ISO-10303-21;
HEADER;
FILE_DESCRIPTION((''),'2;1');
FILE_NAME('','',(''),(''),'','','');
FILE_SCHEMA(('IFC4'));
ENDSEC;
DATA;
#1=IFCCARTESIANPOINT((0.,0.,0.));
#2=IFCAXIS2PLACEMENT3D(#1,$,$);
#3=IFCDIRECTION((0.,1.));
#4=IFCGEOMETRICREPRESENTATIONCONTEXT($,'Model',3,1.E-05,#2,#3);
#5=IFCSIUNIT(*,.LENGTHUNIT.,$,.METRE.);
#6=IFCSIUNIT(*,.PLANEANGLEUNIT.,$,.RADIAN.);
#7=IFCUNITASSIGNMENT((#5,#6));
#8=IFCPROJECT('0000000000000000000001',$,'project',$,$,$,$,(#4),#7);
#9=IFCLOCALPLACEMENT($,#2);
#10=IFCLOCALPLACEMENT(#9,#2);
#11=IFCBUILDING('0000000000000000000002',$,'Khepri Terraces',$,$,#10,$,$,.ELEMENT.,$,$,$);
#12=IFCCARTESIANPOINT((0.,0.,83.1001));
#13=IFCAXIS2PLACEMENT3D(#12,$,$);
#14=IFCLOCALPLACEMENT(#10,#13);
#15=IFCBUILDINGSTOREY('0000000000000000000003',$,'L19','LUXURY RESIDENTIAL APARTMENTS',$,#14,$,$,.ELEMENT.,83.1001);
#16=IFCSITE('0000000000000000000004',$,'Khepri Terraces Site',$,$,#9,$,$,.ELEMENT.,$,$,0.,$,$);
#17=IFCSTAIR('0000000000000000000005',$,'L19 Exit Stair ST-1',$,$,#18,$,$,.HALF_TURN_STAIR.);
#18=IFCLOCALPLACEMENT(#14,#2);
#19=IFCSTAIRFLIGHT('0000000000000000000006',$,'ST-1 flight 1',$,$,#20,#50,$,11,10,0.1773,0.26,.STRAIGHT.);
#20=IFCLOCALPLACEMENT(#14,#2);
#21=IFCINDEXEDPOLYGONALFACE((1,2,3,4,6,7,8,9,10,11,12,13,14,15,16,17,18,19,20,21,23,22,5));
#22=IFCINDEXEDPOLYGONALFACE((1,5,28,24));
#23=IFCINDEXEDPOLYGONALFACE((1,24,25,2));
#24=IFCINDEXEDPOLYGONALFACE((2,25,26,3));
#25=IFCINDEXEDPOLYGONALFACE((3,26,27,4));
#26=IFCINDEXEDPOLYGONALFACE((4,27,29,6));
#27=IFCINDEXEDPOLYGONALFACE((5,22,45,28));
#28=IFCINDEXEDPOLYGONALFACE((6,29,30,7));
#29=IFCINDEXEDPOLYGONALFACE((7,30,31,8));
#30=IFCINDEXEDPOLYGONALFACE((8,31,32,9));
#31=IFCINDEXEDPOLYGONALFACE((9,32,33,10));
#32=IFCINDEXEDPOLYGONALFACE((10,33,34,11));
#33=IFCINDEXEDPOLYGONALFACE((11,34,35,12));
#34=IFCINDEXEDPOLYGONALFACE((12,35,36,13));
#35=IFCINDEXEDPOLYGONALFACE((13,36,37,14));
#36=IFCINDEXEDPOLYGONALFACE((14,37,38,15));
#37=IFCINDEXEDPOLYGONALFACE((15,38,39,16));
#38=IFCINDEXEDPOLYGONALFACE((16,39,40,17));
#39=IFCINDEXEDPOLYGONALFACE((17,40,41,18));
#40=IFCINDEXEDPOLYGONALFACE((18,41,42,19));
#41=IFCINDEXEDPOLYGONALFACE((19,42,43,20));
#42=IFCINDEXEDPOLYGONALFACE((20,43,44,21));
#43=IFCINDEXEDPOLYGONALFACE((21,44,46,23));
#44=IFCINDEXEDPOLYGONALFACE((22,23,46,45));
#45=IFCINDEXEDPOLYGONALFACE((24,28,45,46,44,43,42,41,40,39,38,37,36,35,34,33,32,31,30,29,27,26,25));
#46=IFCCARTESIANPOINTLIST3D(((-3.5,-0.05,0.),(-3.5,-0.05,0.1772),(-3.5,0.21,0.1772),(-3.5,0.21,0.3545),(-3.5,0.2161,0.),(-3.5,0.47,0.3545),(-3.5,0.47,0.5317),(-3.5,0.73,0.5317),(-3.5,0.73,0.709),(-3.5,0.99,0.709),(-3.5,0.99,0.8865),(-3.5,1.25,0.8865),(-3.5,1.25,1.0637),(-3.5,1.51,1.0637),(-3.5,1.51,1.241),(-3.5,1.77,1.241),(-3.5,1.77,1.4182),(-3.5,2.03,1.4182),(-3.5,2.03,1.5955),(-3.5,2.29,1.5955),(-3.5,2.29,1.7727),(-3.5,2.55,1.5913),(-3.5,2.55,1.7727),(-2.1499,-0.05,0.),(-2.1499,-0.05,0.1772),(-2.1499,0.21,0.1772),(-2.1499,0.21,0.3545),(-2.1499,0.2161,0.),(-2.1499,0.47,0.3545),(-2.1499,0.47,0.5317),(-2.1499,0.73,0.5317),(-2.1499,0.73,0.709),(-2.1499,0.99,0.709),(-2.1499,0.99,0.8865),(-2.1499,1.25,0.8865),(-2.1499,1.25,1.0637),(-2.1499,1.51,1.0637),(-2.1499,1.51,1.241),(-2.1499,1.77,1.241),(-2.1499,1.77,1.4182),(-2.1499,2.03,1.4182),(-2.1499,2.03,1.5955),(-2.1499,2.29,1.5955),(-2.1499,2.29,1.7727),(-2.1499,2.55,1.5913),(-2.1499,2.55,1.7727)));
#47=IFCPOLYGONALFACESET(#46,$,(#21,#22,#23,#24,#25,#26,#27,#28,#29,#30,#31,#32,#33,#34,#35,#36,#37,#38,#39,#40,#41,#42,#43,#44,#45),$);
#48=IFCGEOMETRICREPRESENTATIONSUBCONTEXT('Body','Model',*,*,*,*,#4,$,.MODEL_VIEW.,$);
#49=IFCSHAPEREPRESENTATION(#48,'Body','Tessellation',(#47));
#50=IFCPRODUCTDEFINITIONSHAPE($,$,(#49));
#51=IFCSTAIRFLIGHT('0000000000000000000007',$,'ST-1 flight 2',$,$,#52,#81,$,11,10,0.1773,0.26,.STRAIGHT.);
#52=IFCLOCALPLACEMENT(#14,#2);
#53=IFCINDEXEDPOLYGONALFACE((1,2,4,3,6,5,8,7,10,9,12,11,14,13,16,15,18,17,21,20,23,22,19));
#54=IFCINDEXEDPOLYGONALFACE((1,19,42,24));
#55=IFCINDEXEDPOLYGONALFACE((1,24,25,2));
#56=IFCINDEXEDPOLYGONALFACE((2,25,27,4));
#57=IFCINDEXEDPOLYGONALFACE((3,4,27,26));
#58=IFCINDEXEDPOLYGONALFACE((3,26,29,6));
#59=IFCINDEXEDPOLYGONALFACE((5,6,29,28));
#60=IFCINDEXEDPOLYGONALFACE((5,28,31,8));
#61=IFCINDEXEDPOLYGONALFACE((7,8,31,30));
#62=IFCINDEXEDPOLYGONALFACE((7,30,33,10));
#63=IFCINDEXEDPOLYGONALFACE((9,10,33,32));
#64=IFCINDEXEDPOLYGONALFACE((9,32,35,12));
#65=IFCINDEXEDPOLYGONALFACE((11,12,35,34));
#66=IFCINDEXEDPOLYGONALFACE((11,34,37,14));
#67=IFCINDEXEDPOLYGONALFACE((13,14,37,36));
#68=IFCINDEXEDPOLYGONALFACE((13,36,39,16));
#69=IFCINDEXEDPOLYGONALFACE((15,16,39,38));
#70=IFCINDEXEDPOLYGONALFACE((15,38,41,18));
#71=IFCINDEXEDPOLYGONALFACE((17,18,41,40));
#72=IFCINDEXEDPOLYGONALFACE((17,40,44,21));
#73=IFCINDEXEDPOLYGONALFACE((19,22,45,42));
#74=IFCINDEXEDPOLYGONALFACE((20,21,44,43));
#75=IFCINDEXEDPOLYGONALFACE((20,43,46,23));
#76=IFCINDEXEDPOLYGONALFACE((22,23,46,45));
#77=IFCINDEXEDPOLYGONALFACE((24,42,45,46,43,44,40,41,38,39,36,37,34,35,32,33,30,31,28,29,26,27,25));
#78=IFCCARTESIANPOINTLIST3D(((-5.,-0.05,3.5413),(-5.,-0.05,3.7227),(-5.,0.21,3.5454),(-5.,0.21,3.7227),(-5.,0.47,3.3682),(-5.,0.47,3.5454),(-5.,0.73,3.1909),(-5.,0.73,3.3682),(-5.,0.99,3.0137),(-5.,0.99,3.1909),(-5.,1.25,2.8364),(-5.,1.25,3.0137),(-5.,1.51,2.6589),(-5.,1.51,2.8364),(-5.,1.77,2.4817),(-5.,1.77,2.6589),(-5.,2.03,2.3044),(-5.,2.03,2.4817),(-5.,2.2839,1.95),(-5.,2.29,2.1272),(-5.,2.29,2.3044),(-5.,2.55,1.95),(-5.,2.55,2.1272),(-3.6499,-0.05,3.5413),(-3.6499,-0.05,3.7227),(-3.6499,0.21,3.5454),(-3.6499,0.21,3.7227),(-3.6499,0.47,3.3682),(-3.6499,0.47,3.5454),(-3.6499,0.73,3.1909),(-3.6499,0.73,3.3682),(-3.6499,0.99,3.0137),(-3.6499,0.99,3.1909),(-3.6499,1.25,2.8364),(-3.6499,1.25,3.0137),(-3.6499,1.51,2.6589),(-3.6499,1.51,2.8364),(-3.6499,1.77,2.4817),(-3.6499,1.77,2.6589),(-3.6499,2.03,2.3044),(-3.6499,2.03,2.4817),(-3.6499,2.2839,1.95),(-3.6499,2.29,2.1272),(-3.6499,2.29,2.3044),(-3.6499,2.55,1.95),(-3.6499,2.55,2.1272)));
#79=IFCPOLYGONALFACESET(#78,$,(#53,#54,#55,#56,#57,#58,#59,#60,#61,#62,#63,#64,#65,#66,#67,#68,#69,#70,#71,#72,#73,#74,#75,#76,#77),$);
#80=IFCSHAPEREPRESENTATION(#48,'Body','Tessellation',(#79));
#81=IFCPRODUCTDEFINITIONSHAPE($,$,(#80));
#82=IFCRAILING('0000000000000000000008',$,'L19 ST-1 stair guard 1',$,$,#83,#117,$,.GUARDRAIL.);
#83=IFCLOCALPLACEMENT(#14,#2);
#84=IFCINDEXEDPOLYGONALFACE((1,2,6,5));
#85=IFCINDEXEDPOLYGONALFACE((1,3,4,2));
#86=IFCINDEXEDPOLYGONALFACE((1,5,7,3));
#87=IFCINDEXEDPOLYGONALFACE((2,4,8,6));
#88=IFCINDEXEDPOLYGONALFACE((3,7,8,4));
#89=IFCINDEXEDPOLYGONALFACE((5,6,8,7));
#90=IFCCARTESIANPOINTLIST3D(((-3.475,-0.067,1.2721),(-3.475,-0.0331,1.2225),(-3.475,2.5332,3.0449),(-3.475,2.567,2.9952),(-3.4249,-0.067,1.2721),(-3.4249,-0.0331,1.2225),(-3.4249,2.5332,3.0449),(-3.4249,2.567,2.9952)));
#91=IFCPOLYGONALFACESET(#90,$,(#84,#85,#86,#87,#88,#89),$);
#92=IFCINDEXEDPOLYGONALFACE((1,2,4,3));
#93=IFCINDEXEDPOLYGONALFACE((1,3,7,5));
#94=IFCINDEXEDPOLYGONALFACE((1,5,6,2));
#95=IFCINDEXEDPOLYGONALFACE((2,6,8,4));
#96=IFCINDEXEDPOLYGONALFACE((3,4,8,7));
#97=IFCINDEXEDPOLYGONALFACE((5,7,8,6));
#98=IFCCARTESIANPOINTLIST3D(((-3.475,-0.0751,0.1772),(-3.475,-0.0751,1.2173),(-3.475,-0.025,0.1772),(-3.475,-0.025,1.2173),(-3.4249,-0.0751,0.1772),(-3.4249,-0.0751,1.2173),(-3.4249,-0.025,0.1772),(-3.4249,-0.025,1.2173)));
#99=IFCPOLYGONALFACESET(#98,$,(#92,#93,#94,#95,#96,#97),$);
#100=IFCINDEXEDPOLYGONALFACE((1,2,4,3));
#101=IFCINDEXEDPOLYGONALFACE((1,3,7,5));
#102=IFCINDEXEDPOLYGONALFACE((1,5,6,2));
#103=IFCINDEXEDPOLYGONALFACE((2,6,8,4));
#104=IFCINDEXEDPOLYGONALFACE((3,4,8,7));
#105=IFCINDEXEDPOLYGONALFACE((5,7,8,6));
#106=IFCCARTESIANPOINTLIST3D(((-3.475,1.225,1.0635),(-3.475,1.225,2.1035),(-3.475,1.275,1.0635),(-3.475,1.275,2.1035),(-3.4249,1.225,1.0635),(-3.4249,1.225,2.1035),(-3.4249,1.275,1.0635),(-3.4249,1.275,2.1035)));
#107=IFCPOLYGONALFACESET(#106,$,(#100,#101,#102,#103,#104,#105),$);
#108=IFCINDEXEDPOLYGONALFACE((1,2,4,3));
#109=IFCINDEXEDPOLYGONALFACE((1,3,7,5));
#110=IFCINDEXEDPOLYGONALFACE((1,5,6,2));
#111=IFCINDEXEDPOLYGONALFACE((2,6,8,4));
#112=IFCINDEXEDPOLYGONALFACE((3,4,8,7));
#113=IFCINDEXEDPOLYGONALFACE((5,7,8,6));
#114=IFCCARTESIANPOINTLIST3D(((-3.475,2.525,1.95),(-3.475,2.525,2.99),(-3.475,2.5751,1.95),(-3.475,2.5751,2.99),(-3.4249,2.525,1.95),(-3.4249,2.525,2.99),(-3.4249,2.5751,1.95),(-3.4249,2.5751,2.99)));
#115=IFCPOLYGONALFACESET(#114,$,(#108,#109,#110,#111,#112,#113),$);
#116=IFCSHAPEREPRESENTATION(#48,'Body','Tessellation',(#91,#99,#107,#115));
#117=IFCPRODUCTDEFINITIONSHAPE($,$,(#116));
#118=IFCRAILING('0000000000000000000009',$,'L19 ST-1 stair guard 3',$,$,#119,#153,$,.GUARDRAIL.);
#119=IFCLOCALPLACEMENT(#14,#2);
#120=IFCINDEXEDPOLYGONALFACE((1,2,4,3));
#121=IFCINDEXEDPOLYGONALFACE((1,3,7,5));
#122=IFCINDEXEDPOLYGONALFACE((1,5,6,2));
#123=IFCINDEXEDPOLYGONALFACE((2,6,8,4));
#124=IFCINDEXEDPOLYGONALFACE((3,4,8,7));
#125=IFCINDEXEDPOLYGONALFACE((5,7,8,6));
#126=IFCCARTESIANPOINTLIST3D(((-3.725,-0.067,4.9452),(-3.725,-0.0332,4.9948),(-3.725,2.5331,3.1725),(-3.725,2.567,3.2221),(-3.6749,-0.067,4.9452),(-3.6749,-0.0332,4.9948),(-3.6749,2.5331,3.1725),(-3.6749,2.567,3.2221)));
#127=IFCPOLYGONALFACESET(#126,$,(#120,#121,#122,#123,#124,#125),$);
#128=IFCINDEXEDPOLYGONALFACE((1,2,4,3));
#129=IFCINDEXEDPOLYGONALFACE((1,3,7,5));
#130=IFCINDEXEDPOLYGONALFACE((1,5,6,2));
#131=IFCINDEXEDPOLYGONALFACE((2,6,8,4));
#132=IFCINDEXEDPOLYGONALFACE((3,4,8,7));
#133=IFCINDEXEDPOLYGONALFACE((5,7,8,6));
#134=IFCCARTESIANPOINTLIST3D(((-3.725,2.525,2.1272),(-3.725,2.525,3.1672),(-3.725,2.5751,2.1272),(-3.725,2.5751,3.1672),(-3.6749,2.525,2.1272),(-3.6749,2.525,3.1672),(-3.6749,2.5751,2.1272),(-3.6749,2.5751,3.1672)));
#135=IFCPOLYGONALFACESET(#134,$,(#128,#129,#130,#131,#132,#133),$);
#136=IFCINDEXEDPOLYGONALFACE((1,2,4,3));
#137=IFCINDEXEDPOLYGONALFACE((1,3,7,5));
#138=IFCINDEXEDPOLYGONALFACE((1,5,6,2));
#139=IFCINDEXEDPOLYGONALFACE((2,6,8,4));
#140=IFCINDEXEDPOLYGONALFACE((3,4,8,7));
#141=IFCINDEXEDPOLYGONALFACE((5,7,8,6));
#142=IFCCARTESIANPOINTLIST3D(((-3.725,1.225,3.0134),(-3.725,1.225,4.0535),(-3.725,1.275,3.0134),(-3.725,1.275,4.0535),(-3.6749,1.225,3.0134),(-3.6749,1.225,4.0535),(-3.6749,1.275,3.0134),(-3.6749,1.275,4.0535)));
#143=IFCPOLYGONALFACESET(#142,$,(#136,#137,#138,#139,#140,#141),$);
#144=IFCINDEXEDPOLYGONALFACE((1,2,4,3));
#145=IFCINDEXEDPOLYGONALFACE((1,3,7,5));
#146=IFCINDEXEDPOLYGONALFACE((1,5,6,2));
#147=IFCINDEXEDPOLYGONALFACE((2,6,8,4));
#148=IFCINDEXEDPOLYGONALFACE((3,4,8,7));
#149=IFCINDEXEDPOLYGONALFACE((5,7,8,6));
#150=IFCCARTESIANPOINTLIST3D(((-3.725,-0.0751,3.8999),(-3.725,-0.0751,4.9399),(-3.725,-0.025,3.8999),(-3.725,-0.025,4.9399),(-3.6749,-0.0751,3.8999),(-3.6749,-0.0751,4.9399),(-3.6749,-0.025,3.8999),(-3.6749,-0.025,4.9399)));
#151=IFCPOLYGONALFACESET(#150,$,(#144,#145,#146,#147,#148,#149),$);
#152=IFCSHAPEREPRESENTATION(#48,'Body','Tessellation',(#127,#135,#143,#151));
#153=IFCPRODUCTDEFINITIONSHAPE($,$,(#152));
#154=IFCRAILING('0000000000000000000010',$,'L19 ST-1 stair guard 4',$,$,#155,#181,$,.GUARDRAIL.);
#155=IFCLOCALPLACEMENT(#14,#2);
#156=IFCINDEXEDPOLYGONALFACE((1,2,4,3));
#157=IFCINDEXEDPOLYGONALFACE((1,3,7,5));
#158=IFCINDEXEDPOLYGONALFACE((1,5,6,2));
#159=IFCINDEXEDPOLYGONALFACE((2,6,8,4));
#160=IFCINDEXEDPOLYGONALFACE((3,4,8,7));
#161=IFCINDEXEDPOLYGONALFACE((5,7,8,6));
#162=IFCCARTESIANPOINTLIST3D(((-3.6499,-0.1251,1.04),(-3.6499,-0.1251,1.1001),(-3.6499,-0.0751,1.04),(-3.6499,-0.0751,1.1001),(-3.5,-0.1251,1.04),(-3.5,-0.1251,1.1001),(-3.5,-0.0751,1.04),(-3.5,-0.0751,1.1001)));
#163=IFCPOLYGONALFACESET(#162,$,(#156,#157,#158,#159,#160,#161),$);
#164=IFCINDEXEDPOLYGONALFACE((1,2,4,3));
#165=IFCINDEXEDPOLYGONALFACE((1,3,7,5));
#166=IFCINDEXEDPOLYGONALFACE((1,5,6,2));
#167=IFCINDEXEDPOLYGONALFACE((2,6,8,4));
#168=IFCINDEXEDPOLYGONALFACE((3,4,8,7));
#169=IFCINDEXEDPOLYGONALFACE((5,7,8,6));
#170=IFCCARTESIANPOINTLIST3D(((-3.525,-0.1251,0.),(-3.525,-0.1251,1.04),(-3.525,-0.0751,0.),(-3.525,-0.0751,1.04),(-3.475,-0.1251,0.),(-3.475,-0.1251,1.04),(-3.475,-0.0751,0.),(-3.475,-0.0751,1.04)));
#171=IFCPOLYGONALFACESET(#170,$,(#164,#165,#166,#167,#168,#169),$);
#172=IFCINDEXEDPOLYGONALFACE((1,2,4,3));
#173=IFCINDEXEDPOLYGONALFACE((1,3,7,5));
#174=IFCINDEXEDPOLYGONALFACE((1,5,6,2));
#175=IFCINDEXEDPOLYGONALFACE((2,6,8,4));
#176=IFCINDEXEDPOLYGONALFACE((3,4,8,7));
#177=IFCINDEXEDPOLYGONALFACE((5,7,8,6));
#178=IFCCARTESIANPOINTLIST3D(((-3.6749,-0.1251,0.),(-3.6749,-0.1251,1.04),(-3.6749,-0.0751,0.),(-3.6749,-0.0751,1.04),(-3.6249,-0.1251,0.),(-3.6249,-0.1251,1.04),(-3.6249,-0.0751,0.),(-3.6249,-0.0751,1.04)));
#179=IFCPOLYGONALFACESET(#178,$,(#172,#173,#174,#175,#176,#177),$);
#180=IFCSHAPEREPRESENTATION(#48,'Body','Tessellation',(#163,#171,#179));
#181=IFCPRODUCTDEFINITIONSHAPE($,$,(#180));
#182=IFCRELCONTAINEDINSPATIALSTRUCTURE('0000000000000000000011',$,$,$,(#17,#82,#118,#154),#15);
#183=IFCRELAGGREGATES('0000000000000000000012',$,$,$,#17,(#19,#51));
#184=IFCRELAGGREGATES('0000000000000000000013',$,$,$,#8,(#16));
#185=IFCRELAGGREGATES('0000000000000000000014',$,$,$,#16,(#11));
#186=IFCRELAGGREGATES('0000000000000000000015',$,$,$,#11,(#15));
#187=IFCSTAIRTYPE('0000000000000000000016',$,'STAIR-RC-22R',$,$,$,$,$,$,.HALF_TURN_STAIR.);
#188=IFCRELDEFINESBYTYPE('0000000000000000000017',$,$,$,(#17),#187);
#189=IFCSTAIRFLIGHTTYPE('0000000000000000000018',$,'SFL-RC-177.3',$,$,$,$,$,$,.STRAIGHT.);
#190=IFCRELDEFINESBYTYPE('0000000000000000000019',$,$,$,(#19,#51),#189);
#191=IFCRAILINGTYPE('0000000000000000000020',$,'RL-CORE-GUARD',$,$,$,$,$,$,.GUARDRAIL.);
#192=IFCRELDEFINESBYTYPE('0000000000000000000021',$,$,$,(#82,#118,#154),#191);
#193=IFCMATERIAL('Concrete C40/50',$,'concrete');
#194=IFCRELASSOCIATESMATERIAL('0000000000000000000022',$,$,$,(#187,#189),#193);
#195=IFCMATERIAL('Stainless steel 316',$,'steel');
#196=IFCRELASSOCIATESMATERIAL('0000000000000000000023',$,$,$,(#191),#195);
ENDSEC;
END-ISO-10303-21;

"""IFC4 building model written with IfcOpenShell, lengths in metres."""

from ifc_helpers import new_model, si_unit, direction, frame, origin, origin_2d, place, context, subcontext, project, spatial, polyline, rectangle, outline, extrude, material, type_object, element, aggregate, save


model = new_model("IFC4")

# Units and contexts
model_context = context("Model", 3, precision=1e-05, world=origin(), true_north=direction((0.0, 1.0)))
body_context = subcontext(model_context, "Body", "Model", "MODEL_VIEW")
ifc_project = project(units=[si_unit("LENGTHUNIT", "METRE"), si_unit("PLANEANGLEUNIT", "RADIAN")], contexts=[model_context])

# Site, building, storey
site_placement = place(None, origin())
site = spatial("IfcSite", under=ifc_project, at=site_placement, Name="Khepri Terraces Site", CompositionType="ELEMENT", RefElevation=0.0)
building_placement = place(site_placement, origin())
building = spatial("IfcBuilding", under=site, at=building_placement, Name="Khepri Terraces", CompositionType="ELEMENT")
storey_placement = place(building_placement, frame((0.0, 0.0, 83.1001)))
storey = spatial("IfcBuildingStorey", under=building, at=storey_placement, Name="L19", Description="LUXURY RESIDENTIAL APARTMENTS", CompositionType="ELEMENT", Elevation=83.1001)

# Stair, stair flights
ifc_material_1 = material(Name="Concrete C40/50", Category="concrete")
stair_type = type_object("IfcStairType", Name="STAIR-RC-22R", PredefinedType="HALF_TURN_STAIR", material=ifc_material_1)
stair_placement = place(storey_placement, origin())
stair = element("IfcStair", 1, at=stair_placement, inside=storey, type_object=stair_type, Name="L19 Exit Stair ST-1", PredefinedType="HALF_TURN_STAIR")
stair_flight_type = type_object("IfcStairFlightType", Name="SFL-RC-177.3", PredefinedType="STRAIGHT", material=ifc_material_1)
stair_flight_1_placement = place(storey_placement, frame((-2.825, -0.05, 0.0), z_axis=(0.0, 0.0, 1.0), x_axis=(0.0, 1.0, 0.0)))
stair_flight_1 = element("IfcStairFlight", 2, at=stair_flight_1_placement, type_object=stair_flight_type, Name="ST-1 flight 1", NumberOfRisers=11, NumberOfTreads=10, PredefinedType="STRAIGHT", RiserHeight=0.1773, TreadLength=0.26, context=body_context, shape_type="SweptSolid", body=[
    extrude(outline(polyline([(0.0, 0.0), (0.0, 0.1772), (0.26, 0.1772), (0.26, 0.3545), (0.52, 0.3545), (0.52, 0.5317), (0.78, 0.5317), (0.78, 0.709), (1.04, 0.709), (1.04, 0.8865), (1.3, 0.8865), (1.3, 1.0637), (1.5601, 1.0637), (1.5601, 1.241), (1.8201, 1.241), (1.8201, 1.4182), (2.0801, 1.4182), (2.0801, 1.5955), (2.3401, 1.5955), (2.3401, 1.7727), (2.6001, 1.7727), (2.6001, 1.95), (2.6001, 1.5913), (0.2661, 0.0), (0.0, 0.0)])), frame((0.0, 0.675, 0.0), z_axis=(0.0, -1.0, 0.0), x_axis=(1.0, 0.0, 0.0)), (0.0, 0.0, 1.0), 1.3501),
])
stair_flight_2_placement = place(storey_placement, frame((-4.325, 2.55, 1.95), z_axis=(0.0, 0.0, 1.0), x_axis=(0.0, -1.0, 0.0)))
stair_flight_2 = element("IfcStairFlight", 3, at=stair_flight_2_placement, type_object=stair_flight_type, Name="ST-1 flight 2", NumberOfRisers=11, NumberOfTreads=10, PredefinedType="STRAIGHT", RiserHeight=0.1773, TreadLength=0.26, context=body_context, shape_type="SweptSolid", body=[
    extrude(outline(polyline([(0.0, 0.0), (0.0, 0.1772), (0.26, 0.1772), (0.26, 0.3545), (0.52, 0.3545), (0.52, 0.5317), (0.78, 0.5317), (0.78, 0.709), (1.04, 0.709), (1.04, 0.8865), (1.3, 0.8865), (1.3, 1.0637), (1.5601, 1.0637), (1.5601, 1.241), (1.8201, 1.241), (1.8201, 1.4182), (2.0801, 1.4182), (2.0801, 1.5955), (2.3401, 1.5955), (2.3401, 1.7727), (2.6001, 1.7727), (2.6001, 1.95), (2.6001, 1.5913), (0.2661, 0.0), (0.0, 0.0)])), frame((0.0, 0.675, 0.0), z_axis=(0.0, -1.0, 0.0), x_axis=(1.0, 0.0, 0.0)), (0.0, 0.0, 1.0), 1.3501),
])
aggregate(stair, [stair_flight_1, stair_flight_2])

# Railings
ifc_material_2 = material(Name="Stainless steel 316", Category="steel")
railing_type_1 = type_object("IfcRailingType", Name="RL-CORE-GUARD", PredefinedType="GUARDRAIL", material=ifc_material_2)
railing_1_placement = place(storey_placement, frame((-3.45, -0.05, 0.1772)))
element("IfcRailing", 4, at=railing_1_placement, inside=storey, type_object=railing_type_1, Name="L19 ST-1 stair guard 1", PredefinedType="GUARDRAIL", context=body_context, shape_type="SweptSolid", body=[
    extrude(rectangle(XDim=0.05, YDim=0.0601, at=origin_2d()), frame((0.0, 0.0, 1.0701), z_axis=(0.0, 0.82624, 0.563318), x_axis=(-1.0, 0.0, 0.0)), (0.0, 0.0, 1.0), 3.147),
    extrude(rectangle(XDim=0.05, YDim=0.05, at=origin_2d()), origin(), (0.0, 0.0, 1.0), 1.04),
    extrude(rectangle(XDim=0.05, YDim=0.05, at=origin_2d()), frame((0.0, 1.3, 0.8862)), (0.0, 0.0, 1.0), 1.04),
    extrude(rectangle(XDim=0.05, YDim=0.05, at=origin_2d()), frame((0.0, 2.6001, 1.7727)), (0.0, 0.0, 1.0), 1.04),
])
railing_2_placement = place(storey_placement, frame((-3.7, 2.55, 2.1272)))
element("IfcRailing", 5, at=railing_2_placement, inside=storey, type_object=railing_type_1, Name="L19 ST-1 stair guard 3", PredefinedType="GUARDRAIL", context=body_context, shape_type="SweptSolid", body=[
    extrude(rectangle(XDim=0.05, YDim=0.0601, at=origin_2d()), frame((0.0, 0.0, 1.0701), z_axis=(0.0, -0.82624, 0.563318), x_axis=(1.0, 0.0, 0.0)), (0.0, 0.0, 1.0), 3.147),
    extrude(rectangle(XDim=0.05, YDim=0.05, at=origin_2d()), origin(), (0.0, 0.0, 1.0), 1.04),
    extrude(rectangle(XDim=0.05, YDim=0.05, at=origin_2d()), frame((0.0, -1.3, 0.8862)), (0.0, 0.0, 1.0), 1.04),
    extrude(rectangle(XDim=0.05, YDim=0.05, at=origin_2d()), frame((0.0, -2.6001, 1.7727)), (0.0, 0.0, 1.0), 1.04),
])
railing_3_placement = place(storey_placement, frame((-3.5, -0.1001, 0.0)))
element("IfcRailing", 6, at=railing_3_placement, inside=storey, type_object=railing_type_1, Name="L19 ST-1 stair guard 4", PredefinedType="GUARDRAIL", context=body_context, shape_type="SweptSolid", body=[
    extrude(rectangle(XDim=0.05, YDim=0.0601, at=origin_2d()), frame((0.0, 0.0, 1.0701), z_axis=(-1.0, 0.0, 0.0), x_axis=(0.0, -1.0, 0.0)), (0.0, 0.0, 1.0), 0.1499),
    extrude(rectangle(XDim=0.05, YDim=0.05, at=origin_2d()), origin(), (0.0, 0.0, 1.0), 1.04),
    extrude(rectangle(XDim=0.05, YDim=0.05, at=origin_2d()), frame((-0.1499, 0.0, 0.0)), (0.0, 0.0, 1.0), 1.04),
])

save(model, "model.ifc")
